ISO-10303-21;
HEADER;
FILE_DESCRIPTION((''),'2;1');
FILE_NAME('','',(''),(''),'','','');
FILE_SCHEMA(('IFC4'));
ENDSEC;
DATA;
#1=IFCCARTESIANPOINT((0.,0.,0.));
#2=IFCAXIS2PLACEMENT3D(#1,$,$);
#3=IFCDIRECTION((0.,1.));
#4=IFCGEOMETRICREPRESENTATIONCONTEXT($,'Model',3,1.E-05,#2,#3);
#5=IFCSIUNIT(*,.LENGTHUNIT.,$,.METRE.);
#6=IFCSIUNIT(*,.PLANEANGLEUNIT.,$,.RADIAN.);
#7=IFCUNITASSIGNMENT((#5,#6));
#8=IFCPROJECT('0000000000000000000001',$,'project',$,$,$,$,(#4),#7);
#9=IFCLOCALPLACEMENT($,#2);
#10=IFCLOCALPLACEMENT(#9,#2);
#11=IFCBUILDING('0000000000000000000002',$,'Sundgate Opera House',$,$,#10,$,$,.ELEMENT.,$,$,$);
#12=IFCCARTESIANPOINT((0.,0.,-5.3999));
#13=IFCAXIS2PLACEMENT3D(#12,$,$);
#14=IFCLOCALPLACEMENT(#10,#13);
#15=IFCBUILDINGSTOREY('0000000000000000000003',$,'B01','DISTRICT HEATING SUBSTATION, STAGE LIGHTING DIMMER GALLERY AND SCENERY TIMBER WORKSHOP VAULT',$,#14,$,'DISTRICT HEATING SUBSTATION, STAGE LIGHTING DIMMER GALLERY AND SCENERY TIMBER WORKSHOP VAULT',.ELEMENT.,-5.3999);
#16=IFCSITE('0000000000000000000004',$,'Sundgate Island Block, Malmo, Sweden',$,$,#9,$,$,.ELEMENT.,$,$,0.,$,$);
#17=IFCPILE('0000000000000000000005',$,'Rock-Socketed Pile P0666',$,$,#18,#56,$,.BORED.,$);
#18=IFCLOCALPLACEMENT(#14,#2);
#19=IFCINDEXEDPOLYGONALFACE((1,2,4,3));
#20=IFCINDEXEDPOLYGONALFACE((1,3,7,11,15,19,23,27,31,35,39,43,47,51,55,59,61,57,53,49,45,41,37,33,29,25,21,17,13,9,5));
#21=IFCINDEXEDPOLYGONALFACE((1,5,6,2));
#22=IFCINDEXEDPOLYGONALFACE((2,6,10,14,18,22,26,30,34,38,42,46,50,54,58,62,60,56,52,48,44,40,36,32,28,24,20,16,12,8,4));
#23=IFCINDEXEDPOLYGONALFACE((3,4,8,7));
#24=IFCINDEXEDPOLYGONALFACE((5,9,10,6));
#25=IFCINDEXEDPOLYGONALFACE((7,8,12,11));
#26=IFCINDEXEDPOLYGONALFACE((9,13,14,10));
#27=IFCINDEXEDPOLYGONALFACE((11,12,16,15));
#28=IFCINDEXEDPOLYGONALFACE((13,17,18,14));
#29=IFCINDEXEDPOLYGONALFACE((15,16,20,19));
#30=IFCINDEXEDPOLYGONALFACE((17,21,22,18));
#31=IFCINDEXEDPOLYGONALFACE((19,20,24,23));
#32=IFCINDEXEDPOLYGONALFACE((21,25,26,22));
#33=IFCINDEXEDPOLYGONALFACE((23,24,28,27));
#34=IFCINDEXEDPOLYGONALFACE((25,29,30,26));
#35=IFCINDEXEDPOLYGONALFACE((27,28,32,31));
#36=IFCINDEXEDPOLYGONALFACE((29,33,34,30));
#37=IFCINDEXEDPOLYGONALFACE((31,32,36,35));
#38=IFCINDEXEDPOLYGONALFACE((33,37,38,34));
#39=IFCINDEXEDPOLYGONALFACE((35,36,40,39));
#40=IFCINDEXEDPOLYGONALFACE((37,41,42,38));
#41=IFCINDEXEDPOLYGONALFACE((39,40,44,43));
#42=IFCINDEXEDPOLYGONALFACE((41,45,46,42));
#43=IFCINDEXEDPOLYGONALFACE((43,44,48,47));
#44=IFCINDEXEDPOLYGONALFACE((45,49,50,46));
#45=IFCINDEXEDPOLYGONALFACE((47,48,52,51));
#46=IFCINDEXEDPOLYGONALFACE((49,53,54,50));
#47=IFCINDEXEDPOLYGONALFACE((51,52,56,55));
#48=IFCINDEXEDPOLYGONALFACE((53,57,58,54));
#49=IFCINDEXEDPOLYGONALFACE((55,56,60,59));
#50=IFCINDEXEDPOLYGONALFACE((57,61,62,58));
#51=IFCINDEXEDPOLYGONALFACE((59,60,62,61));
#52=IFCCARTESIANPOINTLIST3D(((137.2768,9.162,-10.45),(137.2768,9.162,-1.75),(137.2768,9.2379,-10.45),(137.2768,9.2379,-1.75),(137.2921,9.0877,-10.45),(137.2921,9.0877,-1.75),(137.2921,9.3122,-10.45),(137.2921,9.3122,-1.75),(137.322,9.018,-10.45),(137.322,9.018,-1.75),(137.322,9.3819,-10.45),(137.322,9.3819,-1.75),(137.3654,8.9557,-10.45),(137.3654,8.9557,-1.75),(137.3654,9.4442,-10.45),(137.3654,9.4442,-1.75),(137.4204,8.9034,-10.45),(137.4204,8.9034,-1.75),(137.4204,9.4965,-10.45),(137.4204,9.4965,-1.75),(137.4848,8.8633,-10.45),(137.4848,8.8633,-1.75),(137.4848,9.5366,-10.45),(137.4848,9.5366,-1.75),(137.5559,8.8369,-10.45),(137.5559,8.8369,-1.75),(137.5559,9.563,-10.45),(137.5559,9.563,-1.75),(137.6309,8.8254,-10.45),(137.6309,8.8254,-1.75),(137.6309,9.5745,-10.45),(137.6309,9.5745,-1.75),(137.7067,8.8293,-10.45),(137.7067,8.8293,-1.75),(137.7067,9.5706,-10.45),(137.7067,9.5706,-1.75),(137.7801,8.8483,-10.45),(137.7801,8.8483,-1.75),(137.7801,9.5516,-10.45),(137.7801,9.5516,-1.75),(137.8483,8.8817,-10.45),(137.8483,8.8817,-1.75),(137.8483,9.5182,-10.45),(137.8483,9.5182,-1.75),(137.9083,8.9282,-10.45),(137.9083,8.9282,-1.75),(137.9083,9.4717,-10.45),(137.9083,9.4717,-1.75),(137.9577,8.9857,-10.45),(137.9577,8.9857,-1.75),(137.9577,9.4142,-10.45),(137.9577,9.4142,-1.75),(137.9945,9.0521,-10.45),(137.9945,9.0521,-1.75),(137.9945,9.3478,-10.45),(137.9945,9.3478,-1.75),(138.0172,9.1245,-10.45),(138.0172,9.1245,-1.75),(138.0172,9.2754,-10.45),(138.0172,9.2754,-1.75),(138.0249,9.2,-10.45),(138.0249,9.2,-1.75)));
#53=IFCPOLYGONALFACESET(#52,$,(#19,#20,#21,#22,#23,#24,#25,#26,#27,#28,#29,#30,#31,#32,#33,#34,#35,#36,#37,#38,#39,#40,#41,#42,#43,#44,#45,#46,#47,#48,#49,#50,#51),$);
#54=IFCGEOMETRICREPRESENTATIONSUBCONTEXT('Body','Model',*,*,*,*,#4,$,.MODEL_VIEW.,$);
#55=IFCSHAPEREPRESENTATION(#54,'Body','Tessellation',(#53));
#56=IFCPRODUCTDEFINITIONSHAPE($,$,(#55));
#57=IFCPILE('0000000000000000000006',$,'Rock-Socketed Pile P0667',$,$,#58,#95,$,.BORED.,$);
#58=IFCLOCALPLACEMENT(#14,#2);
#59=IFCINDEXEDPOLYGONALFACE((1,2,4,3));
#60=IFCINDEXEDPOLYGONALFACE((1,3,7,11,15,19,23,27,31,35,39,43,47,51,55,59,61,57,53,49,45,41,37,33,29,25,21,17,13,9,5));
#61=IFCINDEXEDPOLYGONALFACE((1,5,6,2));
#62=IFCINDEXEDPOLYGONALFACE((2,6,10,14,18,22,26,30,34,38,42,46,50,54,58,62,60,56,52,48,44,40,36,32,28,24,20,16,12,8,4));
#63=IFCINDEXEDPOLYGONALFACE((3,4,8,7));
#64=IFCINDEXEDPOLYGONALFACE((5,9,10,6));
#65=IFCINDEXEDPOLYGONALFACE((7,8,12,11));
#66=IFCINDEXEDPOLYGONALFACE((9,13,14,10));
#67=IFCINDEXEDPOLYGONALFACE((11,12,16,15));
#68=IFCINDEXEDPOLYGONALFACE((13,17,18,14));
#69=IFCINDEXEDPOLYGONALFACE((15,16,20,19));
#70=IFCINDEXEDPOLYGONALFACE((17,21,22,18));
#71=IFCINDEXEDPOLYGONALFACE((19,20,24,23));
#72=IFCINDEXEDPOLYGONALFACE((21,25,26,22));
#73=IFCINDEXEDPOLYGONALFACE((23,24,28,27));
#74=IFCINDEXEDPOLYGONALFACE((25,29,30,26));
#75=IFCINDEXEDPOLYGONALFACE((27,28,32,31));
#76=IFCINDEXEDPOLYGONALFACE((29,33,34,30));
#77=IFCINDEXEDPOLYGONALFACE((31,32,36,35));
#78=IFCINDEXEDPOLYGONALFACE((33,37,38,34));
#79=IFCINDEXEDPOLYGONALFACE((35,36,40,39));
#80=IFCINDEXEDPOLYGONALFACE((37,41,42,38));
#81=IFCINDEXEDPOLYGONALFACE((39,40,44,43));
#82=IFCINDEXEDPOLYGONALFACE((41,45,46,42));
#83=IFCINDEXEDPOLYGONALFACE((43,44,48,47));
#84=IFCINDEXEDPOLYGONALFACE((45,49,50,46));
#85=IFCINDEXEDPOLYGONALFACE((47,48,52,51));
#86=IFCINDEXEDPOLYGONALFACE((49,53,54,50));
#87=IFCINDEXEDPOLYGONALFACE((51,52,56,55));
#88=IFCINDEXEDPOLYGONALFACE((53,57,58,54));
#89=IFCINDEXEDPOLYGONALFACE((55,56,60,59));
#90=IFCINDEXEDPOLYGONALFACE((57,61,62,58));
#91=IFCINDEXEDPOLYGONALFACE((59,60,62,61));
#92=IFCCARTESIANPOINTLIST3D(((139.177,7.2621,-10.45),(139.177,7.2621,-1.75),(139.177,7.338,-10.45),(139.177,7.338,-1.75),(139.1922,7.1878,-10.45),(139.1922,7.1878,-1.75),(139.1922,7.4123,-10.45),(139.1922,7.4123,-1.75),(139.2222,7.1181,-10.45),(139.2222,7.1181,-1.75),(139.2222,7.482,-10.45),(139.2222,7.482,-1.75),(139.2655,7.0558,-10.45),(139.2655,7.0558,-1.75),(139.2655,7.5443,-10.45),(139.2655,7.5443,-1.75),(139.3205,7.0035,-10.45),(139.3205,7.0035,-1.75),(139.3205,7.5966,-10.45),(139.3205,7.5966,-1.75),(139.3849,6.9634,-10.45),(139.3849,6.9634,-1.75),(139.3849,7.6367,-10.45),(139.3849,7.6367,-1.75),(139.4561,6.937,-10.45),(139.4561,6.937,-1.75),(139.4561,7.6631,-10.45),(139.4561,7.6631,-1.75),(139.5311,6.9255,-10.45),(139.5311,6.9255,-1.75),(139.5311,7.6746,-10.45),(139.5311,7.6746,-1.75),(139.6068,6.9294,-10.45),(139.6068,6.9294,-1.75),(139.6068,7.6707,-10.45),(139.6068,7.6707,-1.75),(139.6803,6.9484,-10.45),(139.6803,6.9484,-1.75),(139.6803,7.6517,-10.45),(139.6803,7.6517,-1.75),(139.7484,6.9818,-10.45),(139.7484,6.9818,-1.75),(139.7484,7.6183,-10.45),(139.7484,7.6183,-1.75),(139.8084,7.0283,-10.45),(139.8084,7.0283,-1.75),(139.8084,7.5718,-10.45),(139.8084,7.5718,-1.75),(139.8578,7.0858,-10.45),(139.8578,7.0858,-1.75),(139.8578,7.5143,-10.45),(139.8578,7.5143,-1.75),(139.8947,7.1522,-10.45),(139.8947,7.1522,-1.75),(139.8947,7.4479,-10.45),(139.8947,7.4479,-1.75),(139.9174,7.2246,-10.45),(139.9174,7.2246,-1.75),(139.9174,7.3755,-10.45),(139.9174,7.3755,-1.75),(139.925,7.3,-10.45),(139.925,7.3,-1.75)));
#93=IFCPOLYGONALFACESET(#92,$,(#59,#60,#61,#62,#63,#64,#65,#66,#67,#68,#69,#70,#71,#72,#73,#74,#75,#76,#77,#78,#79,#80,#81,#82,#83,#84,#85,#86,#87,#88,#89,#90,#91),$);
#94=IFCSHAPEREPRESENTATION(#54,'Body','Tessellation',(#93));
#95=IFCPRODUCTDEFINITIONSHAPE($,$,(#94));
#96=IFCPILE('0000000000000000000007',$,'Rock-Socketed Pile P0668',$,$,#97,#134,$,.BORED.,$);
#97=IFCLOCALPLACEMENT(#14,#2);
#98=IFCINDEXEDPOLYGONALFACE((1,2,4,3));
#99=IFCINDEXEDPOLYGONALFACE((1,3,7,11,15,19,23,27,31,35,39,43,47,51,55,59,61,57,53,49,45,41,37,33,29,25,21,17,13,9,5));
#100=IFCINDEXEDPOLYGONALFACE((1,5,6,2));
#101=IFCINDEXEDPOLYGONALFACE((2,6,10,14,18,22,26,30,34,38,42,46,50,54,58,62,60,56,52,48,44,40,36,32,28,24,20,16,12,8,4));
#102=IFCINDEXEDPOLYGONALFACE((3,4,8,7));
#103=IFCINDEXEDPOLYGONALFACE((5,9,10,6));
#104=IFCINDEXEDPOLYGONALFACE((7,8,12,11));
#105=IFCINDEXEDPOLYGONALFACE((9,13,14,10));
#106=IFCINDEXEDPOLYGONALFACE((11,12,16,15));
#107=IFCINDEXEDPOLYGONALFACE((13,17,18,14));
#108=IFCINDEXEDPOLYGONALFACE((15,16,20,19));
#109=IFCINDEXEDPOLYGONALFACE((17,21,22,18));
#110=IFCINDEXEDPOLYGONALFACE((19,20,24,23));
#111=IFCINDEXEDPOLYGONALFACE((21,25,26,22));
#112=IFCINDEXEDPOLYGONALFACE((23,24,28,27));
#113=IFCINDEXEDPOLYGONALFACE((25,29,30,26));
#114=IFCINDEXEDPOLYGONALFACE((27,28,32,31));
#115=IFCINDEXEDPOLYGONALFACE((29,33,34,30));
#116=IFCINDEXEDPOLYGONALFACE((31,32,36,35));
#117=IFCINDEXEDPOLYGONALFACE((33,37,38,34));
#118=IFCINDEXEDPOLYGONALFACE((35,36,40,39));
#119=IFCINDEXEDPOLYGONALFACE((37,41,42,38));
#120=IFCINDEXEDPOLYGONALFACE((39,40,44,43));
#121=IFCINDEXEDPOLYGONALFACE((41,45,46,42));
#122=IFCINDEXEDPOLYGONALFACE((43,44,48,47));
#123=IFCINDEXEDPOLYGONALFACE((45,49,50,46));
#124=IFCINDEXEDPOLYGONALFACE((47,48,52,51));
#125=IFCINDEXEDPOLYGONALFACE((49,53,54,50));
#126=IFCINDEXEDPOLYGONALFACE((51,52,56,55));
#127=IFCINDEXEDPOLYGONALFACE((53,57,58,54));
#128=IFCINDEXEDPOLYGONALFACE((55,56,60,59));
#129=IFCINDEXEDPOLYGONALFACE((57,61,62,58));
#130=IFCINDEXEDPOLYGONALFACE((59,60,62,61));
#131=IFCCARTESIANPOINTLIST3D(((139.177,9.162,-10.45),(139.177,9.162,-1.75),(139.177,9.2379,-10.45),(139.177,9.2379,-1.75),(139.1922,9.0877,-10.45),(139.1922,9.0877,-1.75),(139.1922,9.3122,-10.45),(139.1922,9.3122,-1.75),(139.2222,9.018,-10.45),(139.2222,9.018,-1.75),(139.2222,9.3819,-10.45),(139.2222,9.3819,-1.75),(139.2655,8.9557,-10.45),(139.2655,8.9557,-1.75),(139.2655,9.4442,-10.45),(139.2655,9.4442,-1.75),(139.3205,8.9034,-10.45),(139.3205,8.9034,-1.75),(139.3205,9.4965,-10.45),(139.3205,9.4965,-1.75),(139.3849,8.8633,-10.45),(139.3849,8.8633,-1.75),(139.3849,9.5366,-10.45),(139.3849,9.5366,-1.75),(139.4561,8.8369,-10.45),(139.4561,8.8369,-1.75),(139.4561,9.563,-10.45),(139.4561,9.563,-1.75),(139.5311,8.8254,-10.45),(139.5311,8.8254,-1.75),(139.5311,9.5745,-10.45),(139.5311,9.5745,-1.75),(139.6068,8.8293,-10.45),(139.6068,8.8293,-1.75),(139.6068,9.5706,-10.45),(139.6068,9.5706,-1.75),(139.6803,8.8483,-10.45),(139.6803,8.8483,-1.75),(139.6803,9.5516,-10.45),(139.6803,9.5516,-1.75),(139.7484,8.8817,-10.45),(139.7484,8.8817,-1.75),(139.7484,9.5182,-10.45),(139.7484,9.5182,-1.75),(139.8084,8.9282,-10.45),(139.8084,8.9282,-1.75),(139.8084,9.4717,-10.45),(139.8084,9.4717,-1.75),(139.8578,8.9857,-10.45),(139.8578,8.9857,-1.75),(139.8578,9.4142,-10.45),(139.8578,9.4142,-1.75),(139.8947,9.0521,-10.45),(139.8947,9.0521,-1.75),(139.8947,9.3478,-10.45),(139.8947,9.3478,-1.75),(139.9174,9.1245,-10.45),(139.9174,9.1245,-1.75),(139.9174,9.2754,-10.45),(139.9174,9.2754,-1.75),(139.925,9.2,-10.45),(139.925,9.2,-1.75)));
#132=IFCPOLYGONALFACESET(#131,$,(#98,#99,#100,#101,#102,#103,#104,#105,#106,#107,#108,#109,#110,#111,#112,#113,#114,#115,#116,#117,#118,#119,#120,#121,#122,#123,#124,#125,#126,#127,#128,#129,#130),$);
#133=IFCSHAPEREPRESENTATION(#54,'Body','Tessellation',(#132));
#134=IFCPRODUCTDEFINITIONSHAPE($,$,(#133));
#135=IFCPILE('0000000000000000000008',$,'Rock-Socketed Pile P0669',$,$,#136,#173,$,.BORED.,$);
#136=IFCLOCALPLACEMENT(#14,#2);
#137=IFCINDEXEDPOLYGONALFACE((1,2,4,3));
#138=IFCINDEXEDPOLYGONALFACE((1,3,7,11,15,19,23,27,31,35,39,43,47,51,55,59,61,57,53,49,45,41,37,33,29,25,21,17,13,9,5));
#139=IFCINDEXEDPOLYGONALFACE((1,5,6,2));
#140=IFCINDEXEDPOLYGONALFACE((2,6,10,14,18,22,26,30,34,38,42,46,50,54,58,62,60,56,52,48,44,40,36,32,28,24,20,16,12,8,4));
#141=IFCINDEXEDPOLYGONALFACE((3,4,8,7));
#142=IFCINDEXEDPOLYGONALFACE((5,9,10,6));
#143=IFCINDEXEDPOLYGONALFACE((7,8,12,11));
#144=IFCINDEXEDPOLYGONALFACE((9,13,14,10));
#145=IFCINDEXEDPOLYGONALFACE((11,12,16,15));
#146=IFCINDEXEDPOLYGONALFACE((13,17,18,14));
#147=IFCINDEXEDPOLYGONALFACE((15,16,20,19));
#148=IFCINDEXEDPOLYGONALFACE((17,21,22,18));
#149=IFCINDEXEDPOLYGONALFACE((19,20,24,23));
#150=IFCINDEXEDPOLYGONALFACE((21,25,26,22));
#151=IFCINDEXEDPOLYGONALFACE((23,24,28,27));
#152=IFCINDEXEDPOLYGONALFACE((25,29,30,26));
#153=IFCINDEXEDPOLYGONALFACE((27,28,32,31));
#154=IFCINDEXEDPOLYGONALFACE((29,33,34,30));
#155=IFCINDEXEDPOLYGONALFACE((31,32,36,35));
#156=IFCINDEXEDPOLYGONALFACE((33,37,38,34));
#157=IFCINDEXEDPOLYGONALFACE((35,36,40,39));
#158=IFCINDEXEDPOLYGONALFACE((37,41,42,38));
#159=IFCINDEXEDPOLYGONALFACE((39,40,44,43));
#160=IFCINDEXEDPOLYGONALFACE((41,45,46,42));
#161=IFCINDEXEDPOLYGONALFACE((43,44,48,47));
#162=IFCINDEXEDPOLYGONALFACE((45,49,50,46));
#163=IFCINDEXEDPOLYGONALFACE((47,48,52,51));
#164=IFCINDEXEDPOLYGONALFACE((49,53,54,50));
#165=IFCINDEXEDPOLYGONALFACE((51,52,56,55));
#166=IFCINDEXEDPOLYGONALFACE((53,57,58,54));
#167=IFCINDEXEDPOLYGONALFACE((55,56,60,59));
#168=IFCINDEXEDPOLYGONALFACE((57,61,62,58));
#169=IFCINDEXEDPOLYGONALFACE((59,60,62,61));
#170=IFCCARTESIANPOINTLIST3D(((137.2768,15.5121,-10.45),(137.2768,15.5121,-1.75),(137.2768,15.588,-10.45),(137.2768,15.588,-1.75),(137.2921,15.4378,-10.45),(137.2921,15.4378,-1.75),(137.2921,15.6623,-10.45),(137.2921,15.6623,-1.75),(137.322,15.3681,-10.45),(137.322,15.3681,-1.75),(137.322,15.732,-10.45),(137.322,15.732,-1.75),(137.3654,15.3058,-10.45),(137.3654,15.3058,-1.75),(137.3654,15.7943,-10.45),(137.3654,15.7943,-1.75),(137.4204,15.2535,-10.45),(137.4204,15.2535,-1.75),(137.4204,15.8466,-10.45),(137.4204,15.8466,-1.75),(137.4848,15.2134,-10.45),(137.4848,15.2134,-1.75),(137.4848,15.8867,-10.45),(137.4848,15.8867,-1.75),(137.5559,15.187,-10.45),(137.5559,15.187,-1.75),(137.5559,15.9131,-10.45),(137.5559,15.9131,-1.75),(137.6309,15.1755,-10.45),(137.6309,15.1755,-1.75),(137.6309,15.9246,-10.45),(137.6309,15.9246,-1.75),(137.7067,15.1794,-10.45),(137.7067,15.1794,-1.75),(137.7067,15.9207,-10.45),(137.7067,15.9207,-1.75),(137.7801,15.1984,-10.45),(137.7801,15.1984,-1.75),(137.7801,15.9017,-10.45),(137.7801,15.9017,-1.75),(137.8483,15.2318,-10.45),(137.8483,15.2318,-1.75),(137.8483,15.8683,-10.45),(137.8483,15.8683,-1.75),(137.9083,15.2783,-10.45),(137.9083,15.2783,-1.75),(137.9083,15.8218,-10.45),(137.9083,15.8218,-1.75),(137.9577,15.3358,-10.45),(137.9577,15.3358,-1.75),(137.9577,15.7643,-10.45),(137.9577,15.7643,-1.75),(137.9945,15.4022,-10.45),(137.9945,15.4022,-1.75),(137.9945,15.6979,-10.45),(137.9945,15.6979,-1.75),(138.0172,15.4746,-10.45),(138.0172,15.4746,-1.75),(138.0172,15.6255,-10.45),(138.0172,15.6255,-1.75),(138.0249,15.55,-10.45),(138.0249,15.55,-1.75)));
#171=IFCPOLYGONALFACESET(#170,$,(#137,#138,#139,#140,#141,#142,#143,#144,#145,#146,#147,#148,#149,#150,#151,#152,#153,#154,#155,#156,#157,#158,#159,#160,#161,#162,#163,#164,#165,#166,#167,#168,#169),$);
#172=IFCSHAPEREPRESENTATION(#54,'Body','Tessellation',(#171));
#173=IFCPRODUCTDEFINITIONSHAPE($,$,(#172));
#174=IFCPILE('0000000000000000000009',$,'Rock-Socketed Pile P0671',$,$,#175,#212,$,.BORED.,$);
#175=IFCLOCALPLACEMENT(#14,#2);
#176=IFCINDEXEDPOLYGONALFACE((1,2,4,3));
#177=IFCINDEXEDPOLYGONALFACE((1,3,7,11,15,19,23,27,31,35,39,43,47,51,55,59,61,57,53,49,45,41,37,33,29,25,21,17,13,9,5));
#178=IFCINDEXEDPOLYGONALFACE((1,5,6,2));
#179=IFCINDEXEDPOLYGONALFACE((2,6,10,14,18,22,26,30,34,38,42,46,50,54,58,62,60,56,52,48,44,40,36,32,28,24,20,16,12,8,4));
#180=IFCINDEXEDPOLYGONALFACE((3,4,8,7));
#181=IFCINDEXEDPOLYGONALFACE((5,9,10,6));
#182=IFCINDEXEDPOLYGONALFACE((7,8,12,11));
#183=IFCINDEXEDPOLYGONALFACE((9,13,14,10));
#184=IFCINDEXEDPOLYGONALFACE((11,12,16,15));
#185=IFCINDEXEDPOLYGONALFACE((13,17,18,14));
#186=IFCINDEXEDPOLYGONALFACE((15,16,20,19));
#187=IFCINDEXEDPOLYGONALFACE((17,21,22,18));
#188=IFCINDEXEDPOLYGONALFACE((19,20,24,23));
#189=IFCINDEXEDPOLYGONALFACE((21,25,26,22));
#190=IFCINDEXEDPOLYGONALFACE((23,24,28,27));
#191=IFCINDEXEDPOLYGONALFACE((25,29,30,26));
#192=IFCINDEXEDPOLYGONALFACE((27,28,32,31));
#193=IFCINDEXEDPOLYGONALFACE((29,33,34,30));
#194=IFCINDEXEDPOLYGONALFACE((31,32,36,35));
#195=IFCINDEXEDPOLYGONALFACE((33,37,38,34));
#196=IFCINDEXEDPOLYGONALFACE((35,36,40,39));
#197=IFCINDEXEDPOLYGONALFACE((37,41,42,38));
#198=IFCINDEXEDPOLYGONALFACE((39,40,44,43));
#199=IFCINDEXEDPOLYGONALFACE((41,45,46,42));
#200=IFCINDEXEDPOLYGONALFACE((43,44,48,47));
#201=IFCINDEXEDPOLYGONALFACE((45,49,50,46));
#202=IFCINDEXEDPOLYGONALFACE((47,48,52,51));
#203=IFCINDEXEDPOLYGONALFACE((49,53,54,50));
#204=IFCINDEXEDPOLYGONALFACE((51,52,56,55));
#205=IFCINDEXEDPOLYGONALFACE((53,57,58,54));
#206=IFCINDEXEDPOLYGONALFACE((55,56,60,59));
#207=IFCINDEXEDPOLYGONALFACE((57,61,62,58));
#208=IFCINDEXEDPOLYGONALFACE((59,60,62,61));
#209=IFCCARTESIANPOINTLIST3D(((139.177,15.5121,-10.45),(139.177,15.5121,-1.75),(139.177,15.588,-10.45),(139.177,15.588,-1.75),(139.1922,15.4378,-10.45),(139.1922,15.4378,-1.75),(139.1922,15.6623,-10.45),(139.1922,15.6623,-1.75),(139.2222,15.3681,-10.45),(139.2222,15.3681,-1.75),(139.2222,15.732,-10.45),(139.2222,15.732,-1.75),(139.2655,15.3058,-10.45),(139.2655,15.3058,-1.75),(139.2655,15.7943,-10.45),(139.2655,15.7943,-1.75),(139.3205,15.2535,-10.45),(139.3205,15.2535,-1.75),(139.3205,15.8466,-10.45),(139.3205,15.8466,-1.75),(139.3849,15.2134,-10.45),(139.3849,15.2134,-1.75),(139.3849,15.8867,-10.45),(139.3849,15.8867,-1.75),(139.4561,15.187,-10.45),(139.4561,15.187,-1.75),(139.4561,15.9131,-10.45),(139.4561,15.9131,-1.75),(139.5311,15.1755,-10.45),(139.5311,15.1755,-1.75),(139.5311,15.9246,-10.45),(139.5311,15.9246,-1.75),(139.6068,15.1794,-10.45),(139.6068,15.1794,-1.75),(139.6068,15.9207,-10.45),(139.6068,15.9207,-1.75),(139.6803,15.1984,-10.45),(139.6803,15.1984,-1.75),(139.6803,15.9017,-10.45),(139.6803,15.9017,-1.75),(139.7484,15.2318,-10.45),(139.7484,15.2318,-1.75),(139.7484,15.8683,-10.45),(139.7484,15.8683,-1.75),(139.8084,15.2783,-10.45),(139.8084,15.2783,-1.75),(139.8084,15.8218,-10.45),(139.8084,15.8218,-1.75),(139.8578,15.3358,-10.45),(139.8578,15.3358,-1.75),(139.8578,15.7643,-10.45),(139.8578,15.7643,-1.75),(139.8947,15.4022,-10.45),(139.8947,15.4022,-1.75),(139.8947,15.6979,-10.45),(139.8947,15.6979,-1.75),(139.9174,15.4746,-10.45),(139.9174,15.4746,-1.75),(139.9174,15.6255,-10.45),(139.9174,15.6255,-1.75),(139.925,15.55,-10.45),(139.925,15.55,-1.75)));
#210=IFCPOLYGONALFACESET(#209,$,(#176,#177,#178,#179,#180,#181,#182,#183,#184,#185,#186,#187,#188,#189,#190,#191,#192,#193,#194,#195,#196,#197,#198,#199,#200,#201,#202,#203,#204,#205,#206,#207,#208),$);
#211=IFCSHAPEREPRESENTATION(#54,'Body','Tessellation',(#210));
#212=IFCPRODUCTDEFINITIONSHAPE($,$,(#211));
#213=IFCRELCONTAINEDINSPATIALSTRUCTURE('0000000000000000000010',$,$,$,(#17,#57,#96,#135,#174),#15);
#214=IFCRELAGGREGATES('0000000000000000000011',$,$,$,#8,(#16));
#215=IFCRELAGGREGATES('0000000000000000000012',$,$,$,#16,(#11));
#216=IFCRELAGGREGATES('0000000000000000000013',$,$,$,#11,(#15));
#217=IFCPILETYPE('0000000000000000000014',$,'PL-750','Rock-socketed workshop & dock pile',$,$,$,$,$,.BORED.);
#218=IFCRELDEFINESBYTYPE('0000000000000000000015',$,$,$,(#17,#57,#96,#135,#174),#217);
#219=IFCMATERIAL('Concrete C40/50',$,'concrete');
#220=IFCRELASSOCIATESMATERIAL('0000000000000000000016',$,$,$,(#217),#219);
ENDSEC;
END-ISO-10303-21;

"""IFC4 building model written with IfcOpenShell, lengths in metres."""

from ifc_helpers import new_model, si_unit, direction, frame, origin, origin_2d, place, context, subcontext, project, spatial, circle, extrude, material, material_profile, profile_set, type_object, element, save


model = new_model("IFC4")

# Units and contexts
model_context = context("Model", 3, precision=1e-05, world=origin(), true_north=direction((0.0, 1.0)))
body_context = subcontext(model_context, "Body", "Model", "MODEL_VIEW")
ifc_project = project(units=[si_unit("LENGTHUNIT", "METRE"), si_unit("PLANEANGLEUNIT", "RADIAN")], contexts=[model_context])

# Site, building, storey
site_placement = place(None, origin())
site = spatial("IfcSite", under=ifc_project, at=site_placement, Name="Sundgate Island Block, Malmo, Sweden", CompositionType="ELEMENT", RefElevation=0.0)
building_placement = place(site_placement, origin())
building = spatial("IfcBuilding", under=site, at=building_placement, Name="Sundgate Opera House", CompositionType="ELEMENT")
storey_placement = place(building_placement, frame((0.0, 0.0, -5.3999)))
storey = spatial("IfcBuildingStorey", under=building, at=storey_placement, Name="B01", Description="DISTRICT HEATING SUBSTATION, STAGE LIGHTING DIMMER GALLERY AND SCENERY TIMBER WORKSHOP VAULT", LongName="DISTRICT HEATING SUBSTATION, STAGE LIGHTING DIMMER GALLERY AND SCENERY TIMBER WORKSHOP VAULT", CompositionType="ELEMENT", Elevation=-5.3999)

# Piles
ifc_material_1 = material(Name="Concrete C40/50", Category="concrete")
ifc_material_profile_1 = material_profile(ifc_material_1, circle(Radius=0.375, at=origin_2d()), Name="PILE D750")
ifc_profile_set_1 = profile_set([ifc_material_profile_1], Name="Concrete C40/50")
pile_type = type_object("IfcPileType", Name="PL-750", Description="Rock-socketed workshop & dock pile", PredefinedType="BORED", material=ifc_profile_set_1)
for number, where, z_axis, x_axis, name in (
    (1, (137.6499, 9.2, -1.75), (0.0, 0.0, -1.0), (1.0, 0.0, 0.0), "Rock-Socketed Pile P0666"),
    (2, (139.55, 7.3, -1.75), (0.0, 0.0, -1.0), (1.0, 0.0, 0.0), "Rock-Socketed Pile P0667"),
    (3, (139.55, 9.2, -1.75), (0.0, 0.0, -1.0), (1.0, 0.0, 0.0), "Rock-Socketed Pile P0668"),
    (4, (137.6499, 15.55, -1.75), (0.0, 0.0, -1.0), (1.0, 0.0, 0.0), "Rock-Socketed Pile P0669"),
    (5, (139.55, 15.55, -1.75), (0.0, 0.0, -1.0), (1.0, 0.0, 0.0), "Rock-Socketed Pile P0671"),
):
    element("IfcPile", number, at=place(storey_placement, frame(where, z_axis=z_axis, x_axis=x_axis)), inside=storey, type_object=pile_type, Name=name, PredefinedType="BORED", context=body_context, shape_type="SweptSolid", body=[
        extrude(circle(Radius=0.375, at=origin_2d()), origin(), (0.0, 0.0, 1.0), 8.7),
    ])

save(model, "model.ifc")
